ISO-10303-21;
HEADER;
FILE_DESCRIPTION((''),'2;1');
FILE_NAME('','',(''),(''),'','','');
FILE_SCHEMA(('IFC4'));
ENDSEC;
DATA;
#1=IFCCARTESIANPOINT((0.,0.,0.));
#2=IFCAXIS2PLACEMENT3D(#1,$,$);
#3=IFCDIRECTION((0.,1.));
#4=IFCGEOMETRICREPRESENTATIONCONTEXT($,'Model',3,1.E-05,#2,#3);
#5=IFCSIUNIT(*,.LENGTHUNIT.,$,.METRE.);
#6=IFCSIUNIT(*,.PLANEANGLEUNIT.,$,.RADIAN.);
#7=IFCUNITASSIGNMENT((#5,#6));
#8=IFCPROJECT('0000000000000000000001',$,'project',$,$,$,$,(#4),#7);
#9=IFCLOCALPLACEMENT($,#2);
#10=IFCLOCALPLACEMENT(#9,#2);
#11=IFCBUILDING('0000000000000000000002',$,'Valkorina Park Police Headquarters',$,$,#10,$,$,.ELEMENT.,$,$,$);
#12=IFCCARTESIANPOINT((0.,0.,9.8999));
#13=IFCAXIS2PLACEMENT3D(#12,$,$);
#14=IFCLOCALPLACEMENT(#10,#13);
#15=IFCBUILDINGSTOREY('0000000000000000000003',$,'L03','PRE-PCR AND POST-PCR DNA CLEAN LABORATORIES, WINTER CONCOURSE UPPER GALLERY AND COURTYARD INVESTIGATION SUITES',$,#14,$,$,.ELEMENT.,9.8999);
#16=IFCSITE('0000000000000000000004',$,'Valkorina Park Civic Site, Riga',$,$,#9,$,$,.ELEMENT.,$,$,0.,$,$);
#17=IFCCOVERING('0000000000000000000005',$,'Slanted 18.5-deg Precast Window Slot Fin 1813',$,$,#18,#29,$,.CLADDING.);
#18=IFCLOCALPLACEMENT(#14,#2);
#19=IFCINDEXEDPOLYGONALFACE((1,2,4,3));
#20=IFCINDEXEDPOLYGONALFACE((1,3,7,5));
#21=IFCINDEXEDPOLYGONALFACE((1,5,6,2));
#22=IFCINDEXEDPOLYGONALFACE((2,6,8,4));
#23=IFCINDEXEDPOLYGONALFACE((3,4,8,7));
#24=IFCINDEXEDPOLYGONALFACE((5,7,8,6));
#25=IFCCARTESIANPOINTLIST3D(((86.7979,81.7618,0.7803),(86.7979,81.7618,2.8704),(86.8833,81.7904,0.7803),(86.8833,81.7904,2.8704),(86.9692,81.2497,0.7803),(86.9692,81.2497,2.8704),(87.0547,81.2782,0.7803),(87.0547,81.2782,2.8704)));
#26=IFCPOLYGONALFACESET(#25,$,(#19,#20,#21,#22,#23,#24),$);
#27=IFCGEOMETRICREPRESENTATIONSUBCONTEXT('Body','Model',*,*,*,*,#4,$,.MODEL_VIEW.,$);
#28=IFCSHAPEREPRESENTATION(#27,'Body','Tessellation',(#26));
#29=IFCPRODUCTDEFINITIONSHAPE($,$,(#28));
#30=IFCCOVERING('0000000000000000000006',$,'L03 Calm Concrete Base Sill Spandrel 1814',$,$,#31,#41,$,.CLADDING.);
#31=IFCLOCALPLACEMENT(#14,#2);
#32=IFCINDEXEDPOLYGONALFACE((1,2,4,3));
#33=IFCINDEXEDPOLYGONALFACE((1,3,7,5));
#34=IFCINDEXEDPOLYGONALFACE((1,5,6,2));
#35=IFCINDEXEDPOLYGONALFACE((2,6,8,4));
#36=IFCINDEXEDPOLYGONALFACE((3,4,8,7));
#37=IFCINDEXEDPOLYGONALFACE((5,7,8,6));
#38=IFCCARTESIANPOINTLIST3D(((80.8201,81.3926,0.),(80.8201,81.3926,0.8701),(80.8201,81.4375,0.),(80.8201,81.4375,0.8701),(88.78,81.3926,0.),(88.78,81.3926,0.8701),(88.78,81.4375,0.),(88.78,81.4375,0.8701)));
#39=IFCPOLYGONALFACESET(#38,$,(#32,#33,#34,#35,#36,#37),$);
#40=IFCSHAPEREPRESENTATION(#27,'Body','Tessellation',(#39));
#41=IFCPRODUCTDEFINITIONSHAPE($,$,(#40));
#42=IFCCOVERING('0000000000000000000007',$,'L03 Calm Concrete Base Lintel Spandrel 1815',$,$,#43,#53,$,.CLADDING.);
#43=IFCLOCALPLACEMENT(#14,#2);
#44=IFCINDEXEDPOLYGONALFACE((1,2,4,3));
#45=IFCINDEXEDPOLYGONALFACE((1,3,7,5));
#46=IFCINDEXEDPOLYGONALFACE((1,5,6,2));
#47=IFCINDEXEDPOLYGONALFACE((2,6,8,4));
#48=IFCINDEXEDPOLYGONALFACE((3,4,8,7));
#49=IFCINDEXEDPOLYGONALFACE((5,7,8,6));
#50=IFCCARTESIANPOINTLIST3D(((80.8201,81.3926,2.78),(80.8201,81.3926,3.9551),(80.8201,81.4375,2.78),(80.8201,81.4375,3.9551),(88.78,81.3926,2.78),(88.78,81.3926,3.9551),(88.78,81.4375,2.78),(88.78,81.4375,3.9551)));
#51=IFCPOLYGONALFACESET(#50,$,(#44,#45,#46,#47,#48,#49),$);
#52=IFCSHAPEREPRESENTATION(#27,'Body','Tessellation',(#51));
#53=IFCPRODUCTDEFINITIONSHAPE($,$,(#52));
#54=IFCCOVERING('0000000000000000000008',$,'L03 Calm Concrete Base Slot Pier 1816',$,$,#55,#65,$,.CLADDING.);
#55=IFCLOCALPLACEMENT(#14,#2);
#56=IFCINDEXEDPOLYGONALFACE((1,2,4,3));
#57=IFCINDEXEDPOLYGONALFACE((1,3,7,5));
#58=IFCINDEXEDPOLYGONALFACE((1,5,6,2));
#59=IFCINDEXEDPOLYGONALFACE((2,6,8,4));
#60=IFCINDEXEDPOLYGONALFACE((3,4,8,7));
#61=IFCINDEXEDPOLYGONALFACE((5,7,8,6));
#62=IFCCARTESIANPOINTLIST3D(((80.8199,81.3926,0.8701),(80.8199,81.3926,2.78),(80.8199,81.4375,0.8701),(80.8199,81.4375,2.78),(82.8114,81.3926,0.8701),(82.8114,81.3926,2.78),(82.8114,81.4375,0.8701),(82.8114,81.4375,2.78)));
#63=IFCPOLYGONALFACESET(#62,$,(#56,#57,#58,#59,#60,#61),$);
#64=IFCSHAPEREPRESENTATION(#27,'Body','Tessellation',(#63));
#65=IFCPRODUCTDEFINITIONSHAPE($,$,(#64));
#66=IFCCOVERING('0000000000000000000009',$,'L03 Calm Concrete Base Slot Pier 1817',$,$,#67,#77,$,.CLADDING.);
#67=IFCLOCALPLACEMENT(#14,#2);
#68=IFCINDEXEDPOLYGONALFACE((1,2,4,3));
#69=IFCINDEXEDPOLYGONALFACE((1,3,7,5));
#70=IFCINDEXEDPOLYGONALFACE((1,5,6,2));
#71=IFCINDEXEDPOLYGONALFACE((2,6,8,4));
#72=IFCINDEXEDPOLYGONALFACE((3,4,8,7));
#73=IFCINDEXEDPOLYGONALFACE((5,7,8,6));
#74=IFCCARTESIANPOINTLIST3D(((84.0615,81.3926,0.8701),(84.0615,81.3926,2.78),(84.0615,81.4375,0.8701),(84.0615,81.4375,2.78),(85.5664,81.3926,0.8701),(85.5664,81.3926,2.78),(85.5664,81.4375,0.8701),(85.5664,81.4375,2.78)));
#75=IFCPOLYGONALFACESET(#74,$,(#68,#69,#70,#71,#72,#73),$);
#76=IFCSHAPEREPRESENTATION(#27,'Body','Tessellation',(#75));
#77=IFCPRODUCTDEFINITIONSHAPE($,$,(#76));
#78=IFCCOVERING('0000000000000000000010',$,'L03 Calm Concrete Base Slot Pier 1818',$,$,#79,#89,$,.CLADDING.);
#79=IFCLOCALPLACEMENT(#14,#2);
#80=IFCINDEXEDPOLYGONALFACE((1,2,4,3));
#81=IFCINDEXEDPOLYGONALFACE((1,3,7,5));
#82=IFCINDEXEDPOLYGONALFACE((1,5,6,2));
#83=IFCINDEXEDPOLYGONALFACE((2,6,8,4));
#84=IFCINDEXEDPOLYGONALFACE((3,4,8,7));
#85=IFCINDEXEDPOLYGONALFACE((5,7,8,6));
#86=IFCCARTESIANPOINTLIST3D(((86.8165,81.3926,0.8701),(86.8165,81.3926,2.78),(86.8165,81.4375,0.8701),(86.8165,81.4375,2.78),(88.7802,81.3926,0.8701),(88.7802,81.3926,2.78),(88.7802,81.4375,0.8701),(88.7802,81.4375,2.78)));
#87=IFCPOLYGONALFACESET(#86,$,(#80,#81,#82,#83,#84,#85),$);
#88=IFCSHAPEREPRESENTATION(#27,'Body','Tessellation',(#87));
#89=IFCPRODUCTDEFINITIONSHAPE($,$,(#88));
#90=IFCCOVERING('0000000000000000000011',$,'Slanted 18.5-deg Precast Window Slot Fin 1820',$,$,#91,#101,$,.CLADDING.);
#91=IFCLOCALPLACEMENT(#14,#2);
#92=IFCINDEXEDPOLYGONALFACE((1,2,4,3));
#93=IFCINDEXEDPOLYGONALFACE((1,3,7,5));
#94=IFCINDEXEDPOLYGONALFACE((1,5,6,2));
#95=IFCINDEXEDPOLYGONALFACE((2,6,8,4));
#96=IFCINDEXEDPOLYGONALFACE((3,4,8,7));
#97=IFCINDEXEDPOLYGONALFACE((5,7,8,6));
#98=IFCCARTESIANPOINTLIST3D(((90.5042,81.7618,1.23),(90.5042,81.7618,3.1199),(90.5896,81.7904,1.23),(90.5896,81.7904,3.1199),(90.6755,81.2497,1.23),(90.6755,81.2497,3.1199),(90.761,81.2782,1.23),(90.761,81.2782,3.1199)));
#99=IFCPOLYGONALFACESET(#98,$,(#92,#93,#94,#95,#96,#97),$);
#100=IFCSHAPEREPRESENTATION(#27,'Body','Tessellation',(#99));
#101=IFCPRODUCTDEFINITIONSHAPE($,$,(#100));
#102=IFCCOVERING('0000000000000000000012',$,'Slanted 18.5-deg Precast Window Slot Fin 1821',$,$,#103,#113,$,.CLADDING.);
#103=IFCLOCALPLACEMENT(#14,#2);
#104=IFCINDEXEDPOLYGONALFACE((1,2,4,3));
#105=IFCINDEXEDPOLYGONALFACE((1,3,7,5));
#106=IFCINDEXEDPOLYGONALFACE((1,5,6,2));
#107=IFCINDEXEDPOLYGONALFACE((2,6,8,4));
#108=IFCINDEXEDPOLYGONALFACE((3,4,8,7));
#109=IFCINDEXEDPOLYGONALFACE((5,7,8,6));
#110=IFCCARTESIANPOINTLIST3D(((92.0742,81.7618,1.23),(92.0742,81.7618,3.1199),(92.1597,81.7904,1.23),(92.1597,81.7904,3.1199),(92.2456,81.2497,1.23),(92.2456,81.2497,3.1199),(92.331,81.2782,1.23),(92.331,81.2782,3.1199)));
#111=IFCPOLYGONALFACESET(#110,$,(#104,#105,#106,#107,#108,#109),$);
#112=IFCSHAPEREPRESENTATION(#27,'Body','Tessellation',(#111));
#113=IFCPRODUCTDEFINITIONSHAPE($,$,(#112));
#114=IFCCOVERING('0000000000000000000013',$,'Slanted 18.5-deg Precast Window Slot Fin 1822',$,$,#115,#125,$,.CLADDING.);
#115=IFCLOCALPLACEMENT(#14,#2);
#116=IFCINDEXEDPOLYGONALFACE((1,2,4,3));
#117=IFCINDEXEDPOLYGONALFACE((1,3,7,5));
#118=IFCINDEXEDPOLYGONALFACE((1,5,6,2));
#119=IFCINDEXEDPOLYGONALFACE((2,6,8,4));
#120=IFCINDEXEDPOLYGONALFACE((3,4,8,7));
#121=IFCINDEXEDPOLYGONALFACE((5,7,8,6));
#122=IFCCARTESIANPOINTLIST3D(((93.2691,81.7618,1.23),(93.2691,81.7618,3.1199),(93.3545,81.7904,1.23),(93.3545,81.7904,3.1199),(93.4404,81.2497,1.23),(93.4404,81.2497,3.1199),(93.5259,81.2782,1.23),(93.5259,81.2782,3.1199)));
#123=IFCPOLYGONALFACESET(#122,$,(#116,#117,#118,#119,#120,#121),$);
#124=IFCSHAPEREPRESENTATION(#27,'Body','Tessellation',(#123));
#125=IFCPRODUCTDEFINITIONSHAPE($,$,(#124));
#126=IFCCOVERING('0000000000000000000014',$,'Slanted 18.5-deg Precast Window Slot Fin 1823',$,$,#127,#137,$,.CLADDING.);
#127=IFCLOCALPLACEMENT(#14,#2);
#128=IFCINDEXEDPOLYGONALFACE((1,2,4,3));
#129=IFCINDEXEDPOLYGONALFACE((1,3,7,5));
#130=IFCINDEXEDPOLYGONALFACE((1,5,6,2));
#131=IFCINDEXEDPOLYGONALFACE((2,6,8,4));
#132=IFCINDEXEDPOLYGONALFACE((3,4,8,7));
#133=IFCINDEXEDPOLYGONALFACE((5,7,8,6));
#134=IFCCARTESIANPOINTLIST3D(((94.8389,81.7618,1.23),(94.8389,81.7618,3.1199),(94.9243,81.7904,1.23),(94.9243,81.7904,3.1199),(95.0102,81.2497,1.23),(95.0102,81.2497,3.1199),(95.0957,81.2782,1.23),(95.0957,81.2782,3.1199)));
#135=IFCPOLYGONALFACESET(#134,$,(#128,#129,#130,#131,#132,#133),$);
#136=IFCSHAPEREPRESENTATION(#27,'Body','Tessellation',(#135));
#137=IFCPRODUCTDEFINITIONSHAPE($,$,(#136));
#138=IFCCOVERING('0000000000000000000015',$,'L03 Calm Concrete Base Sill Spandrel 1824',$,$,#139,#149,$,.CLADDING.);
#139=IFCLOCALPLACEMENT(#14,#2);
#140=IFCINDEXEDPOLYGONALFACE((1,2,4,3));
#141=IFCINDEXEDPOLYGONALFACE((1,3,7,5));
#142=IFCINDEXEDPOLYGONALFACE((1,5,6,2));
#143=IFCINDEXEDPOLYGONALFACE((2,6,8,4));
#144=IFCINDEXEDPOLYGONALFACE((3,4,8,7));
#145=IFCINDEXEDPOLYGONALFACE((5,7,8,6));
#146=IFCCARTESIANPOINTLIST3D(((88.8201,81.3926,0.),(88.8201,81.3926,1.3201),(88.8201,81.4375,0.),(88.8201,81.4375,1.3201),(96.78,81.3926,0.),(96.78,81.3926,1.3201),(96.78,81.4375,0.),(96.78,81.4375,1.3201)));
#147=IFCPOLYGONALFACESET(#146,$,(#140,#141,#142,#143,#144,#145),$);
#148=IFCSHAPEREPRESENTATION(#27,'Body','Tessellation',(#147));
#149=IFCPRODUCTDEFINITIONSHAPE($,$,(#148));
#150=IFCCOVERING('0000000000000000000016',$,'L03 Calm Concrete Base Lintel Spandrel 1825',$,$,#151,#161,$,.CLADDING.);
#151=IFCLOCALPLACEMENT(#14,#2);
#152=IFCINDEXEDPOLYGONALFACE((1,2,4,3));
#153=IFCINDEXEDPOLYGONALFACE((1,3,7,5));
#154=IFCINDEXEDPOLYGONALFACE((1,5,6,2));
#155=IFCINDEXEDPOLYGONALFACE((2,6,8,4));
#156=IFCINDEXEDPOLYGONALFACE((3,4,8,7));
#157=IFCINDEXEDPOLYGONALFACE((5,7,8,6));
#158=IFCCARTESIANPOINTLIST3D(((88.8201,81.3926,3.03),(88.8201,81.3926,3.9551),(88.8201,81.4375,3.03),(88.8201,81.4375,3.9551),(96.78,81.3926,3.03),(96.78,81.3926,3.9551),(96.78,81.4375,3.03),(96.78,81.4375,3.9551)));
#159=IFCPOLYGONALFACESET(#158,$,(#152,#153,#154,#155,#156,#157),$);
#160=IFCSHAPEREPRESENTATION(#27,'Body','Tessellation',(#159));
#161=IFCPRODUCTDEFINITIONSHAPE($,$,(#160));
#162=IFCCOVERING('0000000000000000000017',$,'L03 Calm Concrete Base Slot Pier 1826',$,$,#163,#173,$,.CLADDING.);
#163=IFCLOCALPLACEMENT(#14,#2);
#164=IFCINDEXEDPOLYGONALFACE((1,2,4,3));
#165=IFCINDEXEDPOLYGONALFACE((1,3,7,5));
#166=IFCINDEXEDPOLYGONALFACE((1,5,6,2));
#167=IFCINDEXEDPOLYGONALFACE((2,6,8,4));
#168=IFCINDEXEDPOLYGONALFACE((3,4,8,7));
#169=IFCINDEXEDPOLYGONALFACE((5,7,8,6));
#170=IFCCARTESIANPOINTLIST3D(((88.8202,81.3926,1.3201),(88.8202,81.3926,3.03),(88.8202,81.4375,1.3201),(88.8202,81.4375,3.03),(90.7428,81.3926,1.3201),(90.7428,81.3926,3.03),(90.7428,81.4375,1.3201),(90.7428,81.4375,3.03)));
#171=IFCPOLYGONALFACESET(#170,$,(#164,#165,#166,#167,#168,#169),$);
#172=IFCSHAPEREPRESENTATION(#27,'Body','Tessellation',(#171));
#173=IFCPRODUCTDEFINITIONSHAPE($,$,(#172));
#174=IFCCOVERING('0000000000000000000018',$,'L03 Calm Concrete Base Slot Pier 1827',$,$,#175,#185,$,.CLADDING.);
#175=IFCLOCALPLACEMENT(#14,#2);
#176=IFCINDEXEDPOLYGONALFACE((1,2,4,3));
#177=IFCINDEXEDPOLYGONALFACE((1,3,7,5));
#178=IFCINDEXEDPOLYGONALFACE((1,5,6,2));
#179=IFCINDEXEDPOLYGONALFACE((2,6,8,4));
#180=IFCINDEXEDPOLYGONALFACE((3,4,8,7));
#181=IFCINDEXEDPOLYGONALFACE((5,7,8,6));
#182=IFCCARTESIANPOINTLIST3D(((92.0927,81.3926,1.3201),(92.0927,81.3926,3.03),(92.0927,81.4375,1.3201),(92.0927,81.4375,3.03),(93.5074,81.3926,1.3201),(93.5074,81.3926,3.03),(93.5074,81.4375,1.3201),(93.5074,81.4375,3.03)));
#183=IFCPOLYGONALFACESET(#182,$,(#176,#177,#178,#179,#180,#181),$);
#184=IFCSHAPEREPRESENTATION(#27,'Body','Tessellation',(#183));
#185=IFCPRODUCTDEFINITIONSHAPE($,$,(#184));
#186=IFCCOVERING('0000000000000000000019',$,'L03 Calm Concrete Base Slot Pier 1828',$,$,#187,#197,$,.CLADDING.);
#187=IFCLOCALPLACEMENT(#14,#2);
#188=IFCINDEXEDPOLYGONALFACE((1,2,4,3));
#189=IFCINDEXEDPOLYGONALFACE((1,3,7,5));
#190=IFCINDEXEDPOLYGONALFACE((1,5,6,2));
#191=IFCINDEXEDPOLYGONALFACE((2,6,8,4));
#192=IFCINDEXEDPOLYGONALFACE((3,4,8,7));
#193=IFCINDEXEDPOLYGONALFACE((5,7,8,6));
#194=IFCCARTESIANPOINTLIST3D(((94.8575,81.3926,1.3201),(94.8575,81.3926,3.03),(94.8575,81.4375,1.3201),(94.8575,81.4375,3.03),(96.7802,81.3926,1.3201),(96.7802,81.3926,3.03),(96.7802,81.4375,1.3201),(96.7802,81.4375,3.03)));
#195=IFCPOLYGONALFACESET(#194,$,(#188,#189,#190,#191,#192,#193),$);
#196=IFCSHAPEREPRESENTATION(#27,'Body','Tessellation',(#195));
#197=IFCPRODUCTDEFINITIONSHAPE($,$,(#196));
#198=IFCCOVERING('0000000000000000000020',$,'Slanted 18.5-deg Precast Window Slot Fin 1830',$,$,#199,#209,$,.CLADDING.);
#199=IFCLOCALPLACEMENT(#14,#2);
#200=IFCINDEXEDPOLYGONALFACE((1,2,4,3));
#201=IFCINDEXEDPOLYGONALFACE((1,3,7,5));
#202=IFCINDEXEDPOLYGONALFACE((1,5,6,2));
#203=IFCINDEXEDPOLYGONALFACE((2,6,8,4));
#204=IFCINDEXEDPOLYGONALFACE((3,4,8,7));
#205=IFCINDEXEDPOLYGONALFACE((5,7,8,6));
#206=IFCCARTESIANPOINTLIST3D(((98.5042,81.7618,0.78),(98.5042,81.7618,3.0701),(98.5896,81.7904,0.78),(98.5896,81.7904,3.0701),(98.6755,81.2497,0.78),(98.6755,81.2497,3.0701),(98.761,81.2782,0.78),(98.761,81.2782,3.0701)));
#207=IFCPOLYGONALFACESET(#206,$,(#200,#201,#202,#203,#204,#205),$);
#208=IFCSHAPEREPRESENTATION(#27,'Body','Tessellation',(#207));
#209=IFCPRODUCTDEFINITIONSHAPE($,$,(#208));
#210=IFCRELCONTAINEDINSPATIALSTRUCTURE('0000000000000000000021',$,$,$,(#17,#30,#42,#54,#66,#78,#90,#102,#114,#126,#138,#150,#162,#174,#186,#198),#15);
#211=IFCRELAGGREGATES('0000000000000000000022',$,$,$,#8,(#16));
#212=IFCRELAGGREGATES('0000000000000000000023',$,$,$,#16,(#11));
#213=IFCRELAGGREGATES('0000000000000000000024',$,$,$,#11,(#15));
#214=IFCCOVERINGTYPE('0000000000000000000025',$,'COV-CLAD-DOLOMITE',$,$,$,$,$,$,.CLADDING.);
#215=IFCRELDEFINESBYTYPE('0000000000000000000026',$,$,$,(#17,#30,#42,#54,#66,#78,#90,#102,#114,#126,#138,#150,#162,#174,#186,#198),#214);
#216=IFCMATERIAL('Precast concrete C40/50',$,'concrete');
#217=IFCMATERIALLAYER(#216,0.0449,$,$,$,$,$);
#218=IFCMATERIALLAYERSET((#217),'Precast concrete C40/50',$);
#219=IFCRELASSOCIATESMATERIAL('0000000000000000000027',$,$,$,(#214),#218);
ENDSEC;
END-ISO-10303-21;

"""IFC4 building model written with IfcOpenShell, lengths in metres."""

from ifc_helpers import new_model, si_unit, direction, frame, frame_2d, origin, origin_2d, place, context, subcontext, project, spatial, rectangle, extrude, material, layer, layer_set, type_object, element, save


model = new_model("IFC4")

# Units and contexts
model_context = context("Model", 3, precision=1e-05, world=origin(), true_north=direction((0.0, 1.0)))
body_context = subcontext(model_context, "Body", "Model", "MODEL_VIEW")
ifc_project = project(units=[si_unit("LENGTHUNIT", "METRE"), si_unit("PLANEANGLEUNIT", "RADIAN")], contexts=[model_context])

# Site, building, storey
site_placement = place(None, origin())
site = spatial("IfcSite", under=ifc_project, at=site_placement, Name="Valkorina Park Civic Site, Riga", CompositionType="ELEMENT", RefElevation=0.0)
building_placement = place(site_placement, origin())
building = spatial("IfcBuilding", under=site, at=building_placement, Name="Valkorina Park Police Headquarters", CompositionType="ELEMENT")
storey_placement = place(building_placement, frame((0.0, 0.0, 9.8999)))
storey = spatial("IfcBuildingStorey", under=building, at=storey_placement, Name="L03", Description="PRE-PCR AND POST-PCR DNA CLEAN LABORATORIES, WINTER CONCOURSE UPPER GALLERY AND COURTYARD INVESTIGATION SUITES", CompositionType="ELEMENT", Elevation=9.8999)

# Coverings
ifc_material_1 = material(Name="Precast concrete C40/50", Category="concrete")
ifc_layer_1 = layer(ifc_material_1, 0.0449)
ifc_layer_set_1 = layer_set([ifc_layer_1], Name="Precast concrete C40/50")
covering_type = type_object("IfcCoveringType", Name="COV-CLAD-DOLOMITE", PredefinedType="CLADDING", material=ifc_layer_set_1)
for number, where, z_axis, x_axis, name in (
    (1, (86.9263, 81.52, 0.7803), (0.0, 0.0, 1.0), (-0.317305, 0.948324, 0.0), "Slanted 18.5-deg Precast Window Slot Fin 1813"),
):
    element("IfcCovering", number, at=place(storey_placement, frame(where, z_axis=z_axis, x_axis=x_axis)), inside=storey, type_object=covering_type, Name=name, PredefinedType="CLADDING", context=body_context, shape_type="SweptSolid", body=[
        extrude(rectangle(XDim=0.54, YDim=0.0901, at=origin_2d()), origin(), (0.0, 0.0, 1.0), 2.0901),
    ])
covering_1_placement = place(storey_placement, frame((80.8201, 81.415, 0.0), z_axis=(0.0, 0.0, 1.0), x_axis=(1.0, 0.0, 0.0)))
element("IfcCovering", 2, at=covering_1_placement, inside=storey, type_object=covering_type, Name="L03 Calm Concrete Base Sill Spandrel 1814", PredefinedType="CLADDING", context=body_context, shape_type="SweptSolid", body=[
    extrude(rectangle(XDim=7.96, YDim=0.0449, at=frame_2d((3.98, 0.0))), origin(), (0.0, 0.0, 1.0), 0.8701),
])
covering_2_placement = place(storey_placement, frame((80.8201, 81.415, 2.78), z_axis=(0.0, 0.0, 1.0), x_axis=(1.0, 0.0, 0.0)))
element("IfcCovering", 3, at=covering_2_placement, inside=storey, type_object=covering_type, Name="L03 Calm Concrete Base Lintel Spandrel 1815", PredefinedType="CLADDING", context=body_context, shape_type="SweptSolid", body=[
    extrude(rectangle(XDim=7.96, YDim=0.0449, at=frame_2d((3.98, 0.0))), origin(), (0.0, 0.0, 1.0), 1.175),
])
covering_3_placement = place(storey_placement, frame((80.8201, 81.415, 0.8701), z_axis=(0.0, 0.0, 1.0), x_axis=(1.0, 0.0, 0.0)))
element("IfcCovering", 4, at=covering_3_placement, inside=storey, type_object=covering_type, Name="L03 Calm Concrete Base Slot Pier 1816", PredefinedType="CLADDING", context=body_context, shape_type="SweptSolid", body=[
    extrude(rectangle(XDim=1.9915, YDim=0.0449, at=frame_2d((0.9956, 0.0))), origin(), (0.0, 0.0, 1.0), 1.9099),
])
covering_4_placement = place(storey_placement, frame((84.0615, 81.415, 0.8701), z_axis=(0.0, 0.0, 1.0), x_axis=(1.0, 0.0, 0.0)))
element("IfcCovering", 5, at=covering_4_placement, inside=storey, type_object=covering_type, Name="L03 Calm Concrete Base Slot Pier 1817", PredefinedType="CLADDING", context=body_context, shape_type="SweptSolid", body=[
    extrude(rectangle(XDim=1.5049, YDim=0.0449, at=frame_2d((0.7524, 0.0))), origin(), (0.0, 0.0, 1.0), 1.9099),
])
covering_5_placement = place(storey_placement, frame((86.8164, 81.415, 0.8701), z_axis=(0.0, 0.0, 1.0), x_axis=(1.0, 0.0, 0.0)))
element("IfcCovering", 6, at=covering_5_placement, inside=storey, type_object=covering_type, Name="L03 Calm Concrete Base Slot Pier 1818", PredefinedType="CLADDING", context=body_context, shape_type="SweptSolid", body=[
    extrude(rectangle(XDim=1.9636, YDim=0.0449, at=frame_2d((0.9819, 0.0))), origin(), (0.0, 0.0, 1.0), 1.9099),
])
for number, where, z_axis, x_axis, name in (
    (7, (90.6326, 81.52, 1.23), (0.0, 0.0, 1.0), (-0.317305, 0.948324, 0.0), "Slanted 18.5-deg Precast Window Slot Fin 1820"),
    (8, (92.2026, 81.52, 1.23), (0.0, 0.0, 1.0), (-0.317305, 0.948324, 0.0), "Slanted 18.5-deg Precast Window Slot Fin 1821"),
    (9, (93.3975, 81.52, 1.23), (0.0, 0.0, 1.0), (-0.317305, 0.948324, 0.0), "Slanted 18.5-deg Precast Window Slot Fin 1822"),
    (10, (94.9673, 81.52, 1.23), (0.0, 0.0, 1.0), (-0.317305, 0.948324, 0.0), "Slanted 18.5-deg Precast Window Slot Fin 1823"),
):
    element("IfcCovering", number, at=place(storey_placement, frame(where, z_axis=z_axis, x_axis=x_axis)), inside=storey, type_object=covering_type, Name=name, PredefinedType="CLADDING", context=body_context, shape_type="SweptSolid", body=[
        extrude(rectangle(XDim=0.54, YDim=0.0901, at=origin_2d()), origin(), (0.0, 0.0, 1.0), 1.8899),
    ])
covering_6_placement = place(storey_placement, frame((88.8201, 81.415, 0.0), z_axis=(0.0, 0.0, 1.0), x_axis=(1.0, 0.0, 0.0)))
element("IfcCovering", 11, at=covering_6_placement, inside=storey, type_object=covering_type, Name="L03 Calm Concrete Base Sill Spandrel 1824", PredefinedType="CLADDING", context=body_context, shape_type="SweptSolid", body=[
    extrude(rectangle(XDim=7.96, YDim=0.0449, at=frame_2d((3.98, 0.0))), origin(), (0.0, 0.0, 1.0), 1.3201),
])
covering_7_placement = place(storey_placement, frame((88.8201, 81.415, 3.03), z_axis=(0.0, 0.0, 1.0), x_axis=(1.0, 0.0, 0.0)))
element("IfcCovering", 12, at=covering_7_placement, inside=storey, type_object=covering_type, Name="L03 Calm Concrete Base Lintel Spandrel 1825", PredefinedType="CLADDING", context=body_context, shape_type="SweptSolid", body=[
    extrude(rectangle(XDim=7.96, YDim=0.0449, at=frame_2d((3.98, 0.0))), origin(), (0.0, 0.0, 1.0), 0.925),
])
covering_8_placement = place(storey_placement, frame((88.8201, 81.415, 1.3201), z_axis=(0.0, 0.0, 1.0), x_axis=(1.0, 0.0, 0.0)))
element("IfcCovering", 13, at=covering_8_placement, inside=storey, type_object=covering_type, Name="L03 Calm Concrete Base Slot Pier 1826", PredefinedType="CLADDING", context=body_context, shape_type="SweptSolid", body=[
    extrude(rectangle(XDim=1.9226, YDim=0.0449, at=frame_2d((0.9614, 0.0))), origin(), (0.0, 0.0, 1.0), 1.71),
])
covering_9_placement = place(storey_placement, frame((92.0925, 81.415, 1.3201), z_axis=(0.0, 0.0, 1.0), x_axis=(1.0, 0.0, 0.0)))
element("IfcCovering", 14, at=covering_9_placement, inside=storey, type_object=covering_type, Name="L03 Calm Concrete Base Slot Pier 1827", PredefinedType="CLADDING", context=body_context, shape_type="SweptSolid", body=[
    extrude(rectangle(XDim=1.4148, YDim=0.0449, at=frame_2d((0.7075, 0.0))), origin(), (0.0, 0.0, 1.0), 1.71),
])
covering_10_placement = place(storey_placement, frame((94.8574, 81.415, 1.3201), z_axis=(0.0, 0.0, 1.0), x_axis=(1.0, 0.0, 0.0)))
element("IfcCovering", 15, at=covering_10_placement, inside=storey, type_object=covering_type, Name="L03 Calm Concrete Base Slot Pier 1828", PredefinedType="CLADDING", context=body_context, shape_type="SweptSolid", body=[
    extrude(rectangle(XDim=1.9226, YDim=0.0449, at=frame_2d((0.9614, 0.0))), origin(), (0.0, 0.0, 1.0), 1.71),
])
for number, where, z_axis, x_axis, name in (
    (16, (98.6326, 81.52, 0.78), (0.0, 0.0, 1.0), (-0.317305, 0.948324, 0.0), "Slanted 18.5-deg Precast Window Slot Fin 1830"),
):
    element("IfcCovering", number, at=place(storey_placement, frame(where, z_axis=z_axis, x_axis=x_axis)), inside=storey, type_object=covering_type, Name=name, PredefinedType="CLADDING", context=body_context, shape_type="SweptSolid", body=[
        extrude(rectangle(XDim=0.54, YDim=0.0901, at=origin_2d()), origin(), (0.0, 0.0, 1.0), 2.29),
    ])

save(model, "model.ifc")
